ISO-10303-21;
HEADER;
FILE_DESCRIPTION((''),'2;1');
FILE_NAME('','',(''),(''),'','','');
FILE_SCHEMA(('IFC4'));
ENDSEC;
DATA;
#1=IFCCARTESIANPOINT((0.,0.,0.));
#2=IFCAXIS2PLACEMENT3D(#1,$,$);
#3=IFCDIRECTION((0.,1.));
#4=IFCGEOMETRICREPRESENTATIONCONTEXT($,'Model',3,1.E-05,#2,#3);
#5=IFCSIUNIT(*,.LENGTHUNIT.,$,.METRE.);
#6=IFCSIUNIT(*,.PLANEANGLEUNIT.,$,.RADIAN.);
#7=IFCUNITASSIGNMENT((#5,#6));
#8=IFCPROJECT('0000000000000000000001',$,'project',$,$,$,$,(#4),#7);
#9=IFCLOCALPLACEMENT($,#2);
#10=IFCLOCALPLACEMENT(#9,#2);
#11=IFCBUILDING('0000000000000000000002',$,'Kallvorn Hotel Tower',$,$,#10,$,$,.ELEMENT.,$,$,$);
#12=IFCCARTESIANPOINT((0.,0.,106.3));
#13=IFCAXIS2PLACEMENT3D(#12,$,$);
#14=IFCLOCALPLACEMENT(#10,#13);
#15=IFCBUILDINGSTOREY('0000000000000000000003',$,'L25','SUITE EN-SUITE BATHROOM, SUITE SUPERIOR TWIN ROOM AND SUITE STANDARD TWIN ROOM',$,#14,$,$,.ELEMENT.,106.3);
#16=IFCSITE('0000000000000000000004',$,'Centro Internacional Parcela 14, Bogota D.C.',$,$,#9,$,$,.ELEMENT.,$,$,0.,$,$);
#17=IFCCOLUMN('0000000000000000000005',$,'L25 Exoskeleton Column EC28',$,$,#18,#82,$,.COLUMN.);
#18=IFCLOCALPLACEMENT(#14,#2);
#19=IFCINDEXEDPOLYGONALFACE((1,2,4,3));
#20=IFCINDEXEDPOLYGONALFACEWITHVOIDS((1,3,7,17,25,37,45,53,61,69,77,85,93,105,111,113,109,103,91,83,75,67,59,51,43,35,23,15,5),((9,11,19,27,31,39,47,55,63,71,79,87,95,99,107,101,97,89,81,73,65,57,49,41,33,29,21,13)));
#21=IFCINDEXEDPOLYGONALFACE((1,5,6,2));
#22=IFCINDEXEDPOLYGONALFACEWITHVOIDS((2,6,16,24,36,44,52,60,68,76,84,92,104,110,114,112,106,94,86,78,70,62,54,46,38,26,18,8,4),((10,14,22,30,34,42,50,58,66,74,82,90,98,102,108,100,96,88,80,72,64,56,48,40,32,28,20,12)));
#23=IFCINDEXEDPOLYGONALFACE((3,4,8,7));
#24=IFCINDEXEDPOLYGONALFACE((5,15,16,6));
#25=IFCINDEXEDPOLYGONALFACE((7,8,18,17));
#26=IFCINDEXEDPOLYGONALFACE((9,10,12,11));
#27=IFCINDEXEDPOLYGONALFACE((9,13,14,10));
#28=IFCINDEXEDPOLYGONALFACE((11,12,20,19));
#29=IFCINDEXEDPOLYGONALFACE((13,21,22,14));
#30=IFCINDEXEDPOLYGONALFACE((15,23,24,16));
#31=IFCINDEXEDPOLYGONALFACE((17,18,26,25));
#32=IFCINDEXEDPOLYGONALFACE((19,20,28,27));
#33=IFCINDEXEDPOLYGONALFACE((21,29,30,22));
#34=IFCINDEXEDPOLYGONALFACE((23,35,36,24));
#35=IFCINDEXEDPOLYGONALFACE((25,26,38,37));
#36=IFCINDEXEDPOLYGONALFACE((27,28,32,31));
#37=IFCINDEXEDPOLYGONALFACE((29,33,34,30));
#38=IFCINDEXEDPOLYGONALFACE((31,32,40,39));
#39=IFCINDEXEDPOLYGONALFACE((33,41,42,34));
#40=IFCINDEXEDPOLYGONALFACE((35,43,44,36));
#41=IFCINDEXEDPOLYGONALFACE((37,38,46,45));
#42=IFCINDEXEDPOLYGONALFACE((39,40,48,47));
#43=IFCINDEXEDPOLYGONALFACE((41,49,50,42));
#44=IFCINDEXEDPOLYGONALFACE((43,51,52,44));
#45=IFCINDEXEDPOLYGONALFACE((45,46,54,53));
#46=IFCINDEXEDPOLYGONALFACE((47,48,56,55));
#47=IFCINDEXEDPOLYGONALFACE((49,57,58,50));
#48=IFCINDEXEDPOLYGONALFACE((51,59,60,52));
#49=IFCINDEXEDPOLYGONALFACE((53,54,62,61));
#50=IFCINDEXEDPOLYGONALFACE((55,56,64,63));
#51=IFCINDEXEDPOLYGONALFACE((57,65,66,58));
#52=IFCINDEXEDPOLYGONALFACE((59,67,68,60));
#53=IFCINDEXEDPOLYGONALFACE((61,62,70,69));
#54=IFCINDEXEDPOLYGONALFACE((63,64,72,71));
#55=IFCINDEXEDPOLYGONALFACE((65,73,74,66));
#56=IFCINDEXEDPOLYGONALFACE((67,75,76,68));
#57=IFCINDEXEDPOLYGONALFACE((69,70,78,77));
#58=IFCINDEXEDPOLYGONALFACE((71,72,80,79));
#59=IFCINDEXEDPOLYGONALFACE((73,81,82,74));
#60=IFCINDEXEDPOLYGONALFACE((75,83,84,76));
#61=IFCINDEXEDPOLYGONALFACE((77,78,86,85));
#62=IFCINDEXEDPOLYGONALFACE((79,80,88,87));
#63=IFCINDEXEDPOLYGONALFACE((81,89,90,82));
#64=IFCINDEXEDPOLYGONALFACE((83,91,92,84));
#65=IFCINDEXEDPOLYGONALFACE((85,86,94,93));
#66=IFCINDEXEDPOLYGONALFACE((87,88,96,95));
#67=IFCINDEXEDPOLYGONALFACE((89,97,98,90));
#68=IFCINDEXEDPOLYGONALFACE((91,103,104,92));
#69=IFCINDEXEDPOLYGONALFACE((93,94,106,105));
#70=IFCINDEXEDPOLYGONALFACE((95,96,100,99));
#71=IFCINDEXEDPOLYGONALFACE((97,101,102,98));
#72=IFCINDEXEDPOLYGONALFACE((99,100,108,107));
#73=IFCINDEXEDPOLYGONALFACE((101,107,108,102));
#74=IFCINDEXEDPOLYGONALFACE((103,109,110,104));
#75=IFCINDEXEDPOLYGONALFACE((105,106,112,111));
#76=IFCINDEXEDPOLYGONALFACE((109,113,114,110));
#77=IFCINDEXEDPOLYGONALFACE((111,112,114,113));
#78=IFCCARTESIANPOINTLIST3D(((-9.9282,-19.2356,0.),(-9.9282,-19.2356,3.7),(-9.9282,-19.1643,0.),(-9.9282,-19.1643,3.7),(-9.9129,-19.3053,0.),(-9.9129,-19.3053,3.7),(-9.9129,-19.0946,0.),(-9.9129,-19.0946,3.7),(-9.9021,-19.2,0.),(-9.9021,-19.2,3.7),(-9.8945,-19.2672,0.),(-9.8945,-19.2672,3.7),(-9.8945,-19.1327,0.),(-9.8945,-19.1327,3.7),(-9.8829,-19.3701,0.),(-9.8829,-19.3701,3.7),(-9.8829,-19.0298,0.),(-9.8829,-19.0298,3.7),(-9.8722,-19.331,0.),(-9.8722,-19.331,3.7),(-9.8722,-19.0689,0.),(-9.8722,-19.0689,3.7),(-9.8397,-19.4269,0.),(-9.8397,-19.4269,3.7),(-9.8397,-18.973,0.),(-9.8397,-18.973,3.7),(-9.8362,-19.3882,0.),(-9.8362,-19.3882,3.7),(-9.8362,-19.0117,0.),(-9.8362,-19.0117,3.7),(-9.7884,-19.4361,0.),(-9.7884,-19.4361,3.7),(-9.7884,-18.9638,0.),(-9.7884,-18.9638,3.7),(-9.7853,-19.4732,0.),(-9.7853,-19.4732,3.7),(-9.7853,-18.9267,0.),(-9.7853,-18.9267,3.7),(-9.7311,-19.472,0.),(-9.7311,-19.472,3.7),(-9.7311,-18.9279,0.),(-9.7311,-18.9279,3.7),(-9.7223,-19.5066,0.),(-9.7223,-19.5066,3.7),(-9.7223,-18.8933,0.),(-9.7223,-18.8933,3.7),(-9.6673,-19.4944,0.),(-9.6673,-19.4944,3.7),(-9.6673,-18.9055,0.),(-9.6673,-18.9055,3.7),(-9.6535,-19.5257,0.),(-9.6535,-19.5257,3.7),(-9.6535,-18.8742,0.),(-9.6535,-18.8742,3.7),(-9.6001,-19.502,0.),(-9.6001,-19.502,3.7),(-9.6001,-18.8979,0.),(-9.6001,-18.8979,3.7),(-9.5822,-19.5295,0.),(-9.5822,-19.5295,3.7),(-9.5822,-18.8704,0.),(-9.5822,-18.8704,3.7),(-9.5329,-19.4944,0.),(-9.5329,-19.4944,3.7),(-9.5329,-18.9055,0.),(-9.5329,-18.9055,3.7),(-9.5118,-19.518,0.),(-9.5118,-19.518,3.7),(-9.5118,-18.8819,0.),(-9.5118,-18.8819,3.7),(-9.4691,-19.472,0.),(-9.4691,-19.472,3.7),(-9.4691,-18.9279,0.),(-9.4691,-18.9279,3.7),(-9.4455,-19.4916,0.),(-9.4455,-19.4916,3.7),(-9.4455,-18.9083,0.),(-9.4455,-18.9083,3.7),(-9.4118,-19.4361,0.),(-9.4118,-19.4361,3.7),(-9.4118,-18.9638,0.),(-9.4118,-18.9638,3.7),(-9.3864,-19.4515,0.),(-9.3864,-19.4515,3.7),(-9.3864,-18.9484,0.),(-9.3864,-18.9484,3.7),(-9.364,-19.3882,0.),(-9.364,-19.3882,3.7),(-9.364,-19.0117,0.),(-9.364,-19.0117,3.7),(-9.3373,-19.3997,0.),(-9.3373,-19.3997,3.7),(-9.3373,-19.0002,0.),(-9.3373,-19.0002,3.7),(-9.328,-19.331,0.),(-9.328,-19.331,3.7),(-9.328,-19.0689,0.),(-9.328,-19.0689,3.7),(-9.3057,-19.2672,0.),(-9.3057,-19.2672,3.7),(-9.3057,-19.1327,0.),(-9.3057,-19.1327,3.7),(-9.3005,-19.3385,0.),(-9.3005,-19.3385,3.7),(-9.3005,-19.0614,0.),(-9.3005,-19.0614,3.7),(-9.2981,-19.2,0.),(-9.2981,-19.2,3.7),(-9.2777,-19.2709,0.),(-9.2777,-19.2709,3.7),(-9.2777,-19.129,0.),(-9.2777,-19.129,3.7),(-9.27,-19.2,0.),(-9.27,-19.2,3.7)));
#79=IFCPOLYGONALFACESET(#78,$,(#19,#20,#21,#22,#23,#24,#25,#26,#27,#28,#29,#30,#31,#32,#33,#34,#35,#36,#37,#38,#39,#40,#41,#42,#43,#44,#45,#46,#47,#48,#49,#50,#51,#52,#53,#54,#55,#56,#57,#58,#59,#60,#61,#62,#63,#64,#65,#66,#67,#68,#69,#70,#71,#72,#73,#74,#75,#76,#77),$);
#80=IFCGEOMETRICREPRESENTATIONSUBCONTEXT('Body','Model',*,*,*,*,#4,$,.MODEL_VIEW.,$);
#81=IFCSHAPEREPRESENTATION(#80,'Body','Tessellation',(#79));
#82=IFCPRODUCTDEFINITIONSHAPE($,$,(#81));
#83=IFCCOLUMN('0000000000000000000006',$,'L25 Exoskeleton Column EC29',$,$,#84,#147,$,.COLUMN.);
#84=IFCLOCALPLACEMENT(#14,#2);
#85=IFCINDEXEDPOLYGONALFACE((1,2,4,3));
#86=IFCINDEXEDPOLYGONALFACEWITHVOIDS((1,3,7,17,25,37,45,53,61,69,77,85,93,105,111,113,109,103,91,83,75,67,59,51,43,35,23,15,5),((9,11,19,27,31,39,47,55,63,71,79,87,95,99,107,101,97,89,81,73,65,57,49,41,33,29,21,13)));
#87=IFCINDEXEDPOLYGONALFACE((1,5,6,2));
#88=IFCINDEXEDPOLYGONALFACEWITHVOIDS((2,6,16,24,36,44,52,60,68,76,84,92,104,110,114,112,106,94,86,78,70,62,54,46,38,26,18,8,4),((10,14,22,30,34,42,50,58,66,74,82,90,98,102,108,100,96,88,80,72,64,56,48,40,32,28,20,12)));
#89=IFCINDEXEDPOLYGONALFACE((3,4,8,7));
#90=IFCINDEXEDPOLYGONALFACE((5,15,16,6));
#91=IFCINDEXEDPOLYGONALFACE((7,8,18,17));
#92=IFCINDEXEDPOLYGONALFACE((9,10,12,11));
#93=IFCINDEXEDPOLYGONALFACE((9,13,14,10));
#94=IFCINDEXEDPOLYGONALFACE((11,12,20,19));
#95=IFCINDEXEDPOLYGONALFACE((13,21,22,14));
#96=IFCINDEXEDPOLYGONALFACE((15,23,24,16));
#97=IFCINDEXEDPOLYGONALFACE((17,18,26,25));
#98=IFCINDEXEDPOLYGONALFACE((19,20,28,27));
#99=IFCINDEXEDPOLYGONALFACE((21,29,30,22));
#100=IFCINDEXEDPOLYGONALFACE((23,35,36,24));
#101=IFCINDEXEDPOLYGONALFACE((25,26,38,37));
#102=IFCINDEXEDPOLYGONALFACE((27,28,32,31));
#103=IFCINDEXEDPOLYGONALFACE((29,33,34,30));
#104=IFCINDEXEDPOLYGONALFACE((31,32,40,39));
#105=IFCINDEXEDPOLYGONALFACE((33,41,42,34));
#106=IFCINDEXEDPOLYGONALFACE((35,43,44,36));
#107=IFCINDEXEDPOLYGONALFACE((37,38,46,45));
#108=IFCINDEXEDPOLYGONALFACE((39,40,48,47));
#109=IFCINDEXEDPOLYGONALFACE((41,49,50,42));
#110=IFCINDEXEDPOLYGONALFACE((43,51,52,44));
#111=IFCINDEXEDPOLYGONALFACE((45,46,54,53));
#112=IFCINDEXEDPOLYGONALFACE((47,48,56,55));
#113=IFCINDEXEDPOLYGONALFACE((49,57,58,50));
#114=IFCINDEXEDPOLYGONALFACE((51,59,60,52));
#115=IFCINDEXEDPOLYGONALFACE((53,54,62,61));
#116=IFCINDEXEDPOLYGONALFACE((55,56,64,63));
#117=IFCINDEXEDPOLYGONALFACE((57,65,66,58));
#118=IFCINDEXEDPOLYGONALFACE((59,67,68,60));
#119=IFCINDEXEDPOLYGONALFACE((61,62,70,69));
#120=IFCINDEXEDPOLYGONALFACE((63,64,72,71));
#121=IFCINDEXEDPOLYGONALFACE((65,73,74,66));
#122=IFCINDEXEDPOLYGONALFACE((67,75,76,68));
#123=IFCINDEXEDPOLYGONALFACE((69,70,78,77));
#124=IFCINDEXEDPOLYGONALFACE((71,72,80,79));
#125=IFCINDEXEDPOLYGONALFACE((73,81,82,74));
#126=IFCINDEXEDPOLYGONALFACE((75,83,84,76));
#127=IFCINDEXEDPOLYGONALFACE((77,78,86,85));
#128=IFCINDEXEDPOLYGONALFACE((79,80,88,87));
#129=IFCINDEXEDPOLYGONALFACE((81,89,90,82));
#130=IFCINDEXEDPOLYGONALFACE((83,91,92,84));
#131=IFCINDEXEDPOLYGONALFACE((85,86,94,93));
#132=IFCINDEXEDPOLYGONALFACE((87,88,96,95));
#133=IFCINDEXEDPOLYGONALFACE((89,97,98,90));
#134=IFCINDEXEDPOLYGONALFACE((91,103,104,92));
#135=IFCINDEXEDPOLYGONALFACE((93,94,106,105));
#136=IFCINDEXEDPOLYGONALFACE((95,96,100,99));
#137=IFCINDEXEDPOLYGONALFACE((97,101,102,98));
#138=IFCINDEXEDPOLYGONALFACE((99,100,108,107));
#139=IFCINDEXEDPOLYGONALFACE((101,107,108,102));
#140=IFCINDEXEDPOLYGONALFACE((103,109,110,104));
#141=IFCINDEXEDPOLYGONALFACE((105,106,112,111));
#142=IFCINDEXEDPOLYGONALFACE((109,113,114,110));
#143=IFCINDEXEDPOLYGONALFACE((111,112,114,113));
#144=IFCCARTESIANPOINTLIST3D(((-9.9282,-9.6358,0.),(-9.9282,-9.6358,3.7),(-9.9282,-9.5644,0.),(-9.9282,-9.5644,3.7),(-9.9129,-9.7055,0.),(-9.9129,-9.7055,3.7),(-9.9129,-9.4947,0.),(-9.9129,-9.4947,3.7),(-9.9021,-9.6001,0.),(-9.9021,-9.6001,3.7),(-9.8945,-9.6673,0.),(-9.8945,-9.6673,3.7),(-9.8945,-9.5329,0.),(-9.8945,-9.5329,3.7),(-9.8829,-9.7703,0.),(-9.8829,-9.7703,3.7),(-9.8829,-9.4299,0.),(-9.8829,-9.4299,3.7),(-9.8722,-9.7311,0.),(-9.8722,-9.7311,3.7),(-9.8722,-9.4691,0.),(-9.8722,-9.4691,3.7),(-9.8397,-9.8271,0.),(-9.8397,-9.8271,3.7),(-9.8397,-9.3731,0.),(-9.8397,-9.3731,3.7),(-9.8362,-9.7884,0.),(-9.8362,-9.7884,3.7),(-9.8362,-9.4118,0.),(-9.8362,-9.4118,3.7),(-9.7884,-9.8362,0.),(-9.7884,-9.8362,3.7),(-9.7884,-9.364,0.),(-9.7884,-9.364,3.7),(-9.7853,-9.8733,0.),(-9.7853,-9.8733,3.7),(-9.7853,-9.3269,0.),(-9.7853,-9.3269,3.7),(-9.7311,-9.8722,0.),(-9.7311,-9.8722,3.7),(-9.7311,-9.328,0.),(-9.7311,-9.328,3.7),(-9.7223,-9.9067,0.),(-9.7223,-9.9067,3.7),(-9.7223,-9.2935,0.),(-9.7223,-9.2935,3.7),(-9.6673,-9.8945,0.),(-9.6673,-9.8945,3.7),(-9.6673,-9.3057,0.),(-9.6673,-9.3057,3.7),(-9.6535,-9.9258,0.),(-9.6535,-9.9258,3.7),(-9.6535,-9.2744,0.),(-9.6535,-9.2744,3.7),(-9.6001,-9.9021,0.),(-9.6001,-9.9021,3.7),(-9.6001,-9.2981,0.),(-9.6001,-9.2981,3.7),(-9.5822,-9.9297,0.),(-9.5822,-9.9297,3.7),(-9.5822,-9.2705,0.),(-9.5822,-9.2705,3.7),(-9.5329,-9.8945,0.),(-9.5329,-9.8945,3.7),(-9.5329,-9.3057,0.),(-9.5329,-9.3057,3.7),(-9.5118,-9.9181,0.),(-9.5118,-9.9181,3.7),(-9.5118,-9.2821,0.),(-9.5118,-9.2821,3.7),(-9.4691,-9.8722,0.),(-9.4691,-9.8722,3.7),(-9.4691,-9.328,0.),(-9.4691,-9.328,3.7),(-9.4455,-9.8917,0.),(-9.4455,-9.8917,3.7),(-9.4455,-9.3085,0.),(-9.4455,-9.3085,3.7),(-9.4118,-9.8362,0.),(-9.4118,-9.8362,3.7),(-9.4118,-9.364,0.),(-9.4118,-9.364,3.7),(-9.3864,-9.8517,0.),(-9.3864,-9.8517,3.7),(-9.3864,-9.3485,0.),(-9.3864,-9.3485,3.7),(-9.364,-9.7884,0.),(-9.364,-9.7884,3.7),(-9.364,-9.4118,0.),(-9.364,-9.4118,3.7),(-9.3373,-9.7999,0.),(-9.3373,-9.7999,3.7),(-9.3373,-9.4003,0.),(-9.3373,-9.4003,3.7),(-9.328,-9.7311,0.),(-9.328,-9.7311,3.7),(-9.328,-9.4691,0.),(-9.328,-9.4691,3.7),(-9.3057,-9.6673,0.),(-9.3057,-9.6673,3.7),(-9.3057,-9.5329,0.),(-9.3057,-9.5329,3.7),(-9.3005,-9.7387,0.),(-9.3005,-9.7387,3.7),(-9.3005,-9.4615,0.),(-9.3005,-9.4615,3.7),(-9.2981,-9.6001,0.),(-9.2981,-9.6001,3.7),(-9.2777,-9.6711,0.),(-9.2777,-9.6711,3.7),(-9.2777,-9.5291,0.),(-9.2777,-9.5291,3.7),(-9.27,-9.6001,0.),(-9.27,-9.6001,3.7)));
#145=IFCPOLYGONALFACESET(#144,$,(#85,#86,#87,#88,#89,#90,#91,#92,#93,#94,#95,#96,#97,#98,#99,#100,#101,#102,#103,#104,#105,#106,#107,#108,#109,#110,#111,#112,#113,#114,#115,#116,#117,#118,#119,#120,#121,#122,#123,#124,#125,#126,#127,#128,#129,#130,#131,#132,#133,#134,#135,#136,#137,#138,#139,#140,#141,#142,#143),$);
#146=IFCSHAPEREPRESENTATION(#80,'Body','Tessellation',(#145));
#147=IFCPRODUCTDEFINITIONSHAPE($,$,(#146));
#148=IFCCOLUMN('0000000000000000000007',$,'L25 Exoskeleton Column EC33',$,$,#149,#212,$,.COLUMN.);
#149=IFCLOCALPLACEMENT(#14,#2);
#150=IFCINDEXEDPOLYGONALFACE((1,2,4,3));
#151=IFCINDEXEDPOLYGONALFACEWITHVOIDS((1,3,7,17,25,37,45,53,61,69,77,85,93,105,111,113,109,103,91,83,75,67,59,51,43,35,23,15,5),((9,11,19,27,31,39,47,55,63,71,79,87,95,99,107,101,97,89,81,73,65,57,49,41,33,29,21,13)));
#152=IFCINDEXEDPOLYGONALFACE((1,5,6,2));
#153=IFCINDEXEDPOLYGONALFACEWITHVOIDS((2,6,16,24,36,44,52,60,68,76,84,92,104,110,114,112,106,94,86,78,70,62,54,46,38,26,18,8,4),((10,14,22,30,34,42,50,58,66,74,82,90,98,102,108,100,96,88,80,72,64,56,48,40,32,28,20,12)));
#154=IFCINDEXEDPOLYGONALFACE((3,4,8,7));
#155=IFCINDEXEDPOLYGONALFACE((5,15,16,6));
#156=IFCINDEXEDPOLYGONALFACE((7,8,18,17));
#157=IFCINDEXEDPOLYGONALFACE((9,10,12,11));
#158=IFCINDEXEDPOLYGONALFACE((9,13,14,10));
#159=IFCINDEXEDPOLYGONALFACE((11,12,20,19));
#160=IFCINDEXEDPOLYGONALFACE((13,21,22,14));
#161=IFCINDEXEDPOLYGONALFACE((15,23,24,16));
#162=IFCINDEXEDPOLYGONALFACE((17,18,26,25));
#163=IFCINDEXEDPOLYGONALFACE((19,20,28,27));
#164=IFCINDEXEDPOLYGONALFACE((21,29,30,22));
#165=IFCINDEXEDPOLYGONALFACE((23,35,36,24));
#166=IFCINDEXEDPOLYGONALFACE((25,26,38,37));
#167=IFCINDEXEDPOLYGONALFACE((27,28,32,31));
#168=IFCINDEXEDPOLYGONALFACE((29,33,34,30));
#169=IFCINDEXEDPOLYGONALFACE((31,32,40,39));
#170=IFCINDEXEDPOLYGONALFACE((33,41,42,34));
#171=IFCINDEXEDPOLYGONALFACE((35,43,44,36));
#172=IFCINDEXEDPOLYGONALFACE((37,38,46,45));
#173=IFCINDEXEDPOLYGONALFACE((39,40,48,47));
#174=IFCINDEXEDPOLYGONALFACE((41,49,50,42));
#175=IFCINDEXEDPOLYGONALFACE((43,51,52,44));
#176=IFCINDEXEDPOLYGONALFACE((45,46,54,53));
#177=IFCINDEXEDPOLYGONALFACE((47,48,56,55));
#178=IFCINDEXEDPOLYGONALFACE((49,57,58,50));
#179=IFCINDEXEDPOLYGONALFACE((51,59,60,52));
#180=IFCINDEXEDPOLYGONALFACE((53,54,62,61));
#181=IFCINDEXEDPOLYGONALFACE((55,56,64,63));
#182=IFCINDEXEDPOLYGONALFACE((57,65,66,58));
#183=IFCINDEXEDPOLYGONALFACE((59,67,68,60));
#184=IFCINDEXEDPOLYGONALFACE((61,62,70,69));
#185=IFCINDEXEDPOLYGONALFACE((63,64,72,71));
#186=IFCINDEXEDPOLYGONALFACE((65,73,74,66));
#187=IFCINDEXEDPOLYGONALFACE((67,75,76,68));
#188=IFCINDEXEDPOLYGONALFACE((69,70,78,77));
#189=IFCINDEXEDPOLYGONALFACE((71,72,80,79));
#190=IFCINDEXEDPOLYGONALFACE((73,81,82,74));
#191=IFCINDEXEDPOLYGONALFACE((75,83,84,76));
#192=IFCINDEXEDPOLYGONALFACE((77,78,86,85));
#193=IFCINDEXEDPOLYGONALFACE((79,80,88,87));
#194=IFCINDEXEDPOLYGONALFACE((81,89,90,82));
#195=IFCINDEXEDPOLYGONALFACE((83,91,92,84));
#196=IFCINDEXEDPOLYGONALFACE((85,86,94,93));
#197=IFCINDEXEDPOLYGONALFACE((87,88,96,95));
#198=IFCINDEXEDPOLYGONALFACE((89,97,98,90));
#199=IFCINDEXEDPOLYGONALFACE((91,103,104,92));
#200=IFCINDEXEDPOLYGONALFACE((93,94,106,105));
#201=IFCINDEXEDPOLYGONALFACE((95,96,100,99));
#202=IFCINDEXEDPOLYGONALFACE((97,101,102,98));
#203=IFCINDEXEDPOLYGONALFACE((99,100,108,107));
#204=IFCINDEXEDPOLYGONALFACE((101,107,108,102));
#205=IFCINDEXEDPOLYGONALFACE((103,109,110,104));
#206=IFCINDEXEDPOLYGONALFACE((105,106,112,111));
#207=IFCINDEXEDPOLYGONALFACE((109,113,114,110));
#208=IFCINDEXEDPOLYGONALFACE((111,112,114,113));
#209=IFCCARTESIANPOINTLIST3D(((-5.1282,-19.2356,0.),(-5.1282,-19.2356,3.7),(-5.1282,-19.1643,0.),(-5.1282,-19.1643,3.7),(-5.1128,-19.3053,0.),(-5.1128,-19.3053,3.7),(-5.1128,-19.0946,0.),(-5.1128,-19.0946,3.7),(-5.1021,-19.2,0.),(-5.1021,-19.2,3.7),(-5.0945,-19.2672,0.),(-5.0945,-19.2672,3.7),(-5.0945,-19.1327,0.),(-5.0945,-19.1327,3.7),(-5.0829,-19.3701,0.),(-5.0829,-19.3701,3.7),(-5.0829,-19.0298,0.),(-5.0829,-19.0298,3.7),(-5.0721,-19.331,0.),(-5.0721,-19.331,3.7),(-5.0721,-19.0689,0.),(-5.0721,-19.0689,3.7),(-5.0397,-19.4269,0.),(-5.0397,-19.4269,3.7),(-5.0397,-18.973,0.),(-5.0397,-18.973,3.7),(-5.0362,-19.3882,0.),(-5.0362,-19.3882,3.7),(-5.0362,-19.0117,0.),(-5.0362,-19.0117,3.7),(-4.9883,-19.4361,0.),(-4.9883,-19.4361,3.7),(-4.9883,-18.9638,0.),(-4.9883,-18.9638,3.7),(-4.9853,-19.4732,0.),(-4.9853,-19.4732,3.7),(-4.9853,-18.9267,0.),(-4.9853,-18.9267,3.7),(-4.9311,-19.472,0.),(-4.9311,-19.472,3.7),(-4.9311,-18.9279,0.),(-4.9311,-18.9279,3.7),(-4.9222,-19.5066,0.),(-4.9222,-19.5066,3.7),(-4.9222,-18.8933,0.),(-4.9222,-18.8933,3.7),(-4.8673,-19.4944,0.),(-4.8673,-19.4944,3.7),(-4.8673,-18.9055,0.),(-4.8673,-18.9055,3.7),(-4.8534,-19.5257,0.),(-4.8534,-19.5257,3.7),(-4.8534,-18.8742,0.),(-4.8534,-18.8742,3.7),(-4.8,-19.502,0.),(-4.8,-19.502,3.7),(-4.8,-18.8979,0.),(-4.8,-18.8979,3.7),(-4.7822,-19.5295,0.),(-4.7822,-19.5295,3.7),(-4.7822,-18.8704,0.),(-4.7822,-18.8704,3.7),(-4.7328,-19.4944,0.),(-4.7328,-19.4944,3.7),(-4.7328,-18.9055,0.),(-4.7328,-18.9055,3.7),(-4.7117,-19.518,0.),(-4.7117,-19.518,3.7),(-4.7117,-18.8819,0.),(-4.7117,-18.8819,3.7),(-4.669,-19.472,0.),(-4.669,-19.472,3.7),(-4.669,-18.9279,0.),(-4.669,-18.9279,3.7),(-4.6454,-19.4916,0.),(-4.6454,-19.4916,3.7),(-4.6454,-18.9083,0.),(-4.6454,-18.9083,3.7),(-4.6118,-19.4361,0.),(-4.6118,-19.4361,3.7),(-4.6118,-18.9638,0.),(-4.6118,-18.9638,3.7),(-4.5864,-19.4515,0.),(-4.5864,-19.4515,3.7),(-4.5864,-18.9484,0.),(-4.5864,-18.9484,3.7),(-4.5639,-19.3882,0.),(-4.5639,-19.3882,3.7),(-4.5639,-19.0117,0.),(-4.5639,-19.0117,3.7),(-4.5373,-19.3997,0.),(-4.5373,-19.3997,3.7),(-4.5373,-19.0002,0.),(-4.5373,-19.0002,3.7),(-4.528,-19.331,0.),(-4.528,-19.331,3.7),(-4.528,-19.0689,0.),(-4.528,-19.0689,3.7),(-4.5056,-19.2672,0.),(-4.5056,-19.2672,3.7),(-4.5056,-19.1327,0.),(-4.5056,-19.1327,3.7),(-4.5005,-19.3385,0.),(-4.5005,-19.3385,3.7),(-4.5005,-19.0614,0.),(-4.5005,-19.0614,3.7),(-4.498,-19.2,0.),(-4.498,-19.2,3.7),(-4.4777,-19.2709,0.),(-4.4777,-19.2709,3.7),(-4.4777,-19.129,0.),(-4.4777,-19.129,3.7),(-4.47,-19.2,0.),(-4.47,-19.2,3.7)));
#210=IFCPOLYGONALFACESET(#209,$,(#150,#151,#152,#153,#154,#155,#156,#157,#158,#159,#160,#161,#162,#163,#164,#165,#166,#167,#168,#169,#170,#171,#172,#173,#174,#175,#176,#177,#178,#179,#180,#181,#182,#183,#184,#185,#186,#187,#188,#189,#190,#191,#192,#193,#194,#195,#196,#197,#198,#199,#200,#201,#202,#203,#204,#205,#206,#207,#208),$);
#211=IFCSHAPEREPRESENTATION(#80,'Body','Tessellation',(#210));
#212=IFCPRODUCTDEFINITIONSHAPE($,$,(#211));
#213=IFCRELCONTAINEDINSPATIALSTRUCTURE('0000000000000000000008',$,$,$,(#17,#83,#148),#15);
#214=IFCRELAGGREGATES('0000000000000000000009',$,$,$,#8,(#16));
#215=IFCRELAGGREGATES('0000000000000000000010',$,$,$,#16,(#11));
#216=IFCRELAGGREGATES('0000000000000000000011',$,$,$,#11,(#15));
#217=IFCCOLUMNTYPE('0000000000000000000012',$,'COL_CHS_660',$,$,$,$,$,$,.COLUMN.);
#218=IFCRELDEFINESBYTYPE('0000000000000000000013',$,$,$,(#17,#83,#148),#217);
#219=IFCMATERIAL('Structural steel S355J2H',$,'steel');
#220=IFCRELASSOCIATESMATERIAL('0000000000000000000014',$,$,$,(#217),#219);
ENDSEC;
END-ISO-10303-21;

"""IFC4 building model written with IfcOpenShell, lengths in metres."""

from ifc_helpers import new_model, si_unit, direction, frame, origin, origin_2d, place, context, subcontext, project, spatial, hollow_circle, extrude, material, material_profile, profile_set, type_object, element, save


model = new_model("IFC4")

# Units and contexts
model_context = context("Model", 3, precision=1e-05, world=origin(), true_north=direction((0.0, 1.0)))
body_context = subcontext(model_context, "Body", "Model", "MODEL_VIEW")
ifc_project = project(units=[si_unit("LENGTHUNIT", "METRE"), si_unit("PLANEANGLEUNIT", "RADIAN")], contexts=[model_context])

# Site, building, storey
site_placement = place(None, origin())
site = spatial("IfcSite", under=ifc_project, at=site_placement, Name="Centro Internacional Parcela 14, Bogota D.C.", CompositionType="ELEMENT", RefElevation=0.0)
building_placement = place(site_placement, origin())
building = spatial("IfcBuilding", under=site, at=building_placement, Name="Kallvorn Hotel Tower", CompositionType="ELEMENT")
storey_placement = place(building_placement, frame((0.0, 0.0, 106.3)))
storey = spatial("IfcBuildingStorey", under=building, at=storey_placement, Name="L25", Description="SUITE EN-SUITE BATHROOM, SUITE SUPERIOR TWIN ROOM AND SUITE STANDARD TWIN ROOM", CompositionType="ELEMENT", Elevation=106.3)

# Columns
ifc_material_1 = material(Name="Structural steel S355J2H", Category="steel")
ifc_material_profile_1 = material_profile(ifc_material_1, hollow_circle(Radius=0.3301, WallThickness=0.0281, at=origin_2d()), Name="CHS 660x28")
ifc_profile_set_1 = profile_set([ifc_material_profile_1], Name="Structural steel S355J2H")
column_type_1 = type_object("IfcColumnType", Name="COL_CHS_660", PredefinedType="COLUMN", material=ifc_profile_set_1)
for number, where, z_axis, x_axis, name in (
    (1, (-9.6001, -19.2, 0.0), (0.0, 0.0, 1.0), (1.0, 0.0, 0.0), "L25 Exoskeleton Column EC28"),
    (2, (-9.6001, -9.6001, 0.0), (0.0, 0.0, 1.0), (1.0, 0.0, 0.0), "L25 Exoskeleton Column EC29"),
    (3, (-4.8, -19.2, 0.0), (0.0, 0.0, 1.0), (1.0, 0.0, 0.0), "L25 Exoskeleton Column EC33"),
):
    element("IfcColumn", number, at=place(storey_placement, frame(where, z_axis=z_axis, x_axis=x_axis)), inside=storey, type_object=column_type_1, Name=name, PredefinedType="COLUMN", context=body_context, shape_type="SweptSolid", body=[
        extrude(hollow_circle(Radius=0.3301, WallThickness=0.0281, at=origin_2d()), origin(), (0.0, 0.0, 1.0), 3.7),
    ])

save(model, "model.ifc")
